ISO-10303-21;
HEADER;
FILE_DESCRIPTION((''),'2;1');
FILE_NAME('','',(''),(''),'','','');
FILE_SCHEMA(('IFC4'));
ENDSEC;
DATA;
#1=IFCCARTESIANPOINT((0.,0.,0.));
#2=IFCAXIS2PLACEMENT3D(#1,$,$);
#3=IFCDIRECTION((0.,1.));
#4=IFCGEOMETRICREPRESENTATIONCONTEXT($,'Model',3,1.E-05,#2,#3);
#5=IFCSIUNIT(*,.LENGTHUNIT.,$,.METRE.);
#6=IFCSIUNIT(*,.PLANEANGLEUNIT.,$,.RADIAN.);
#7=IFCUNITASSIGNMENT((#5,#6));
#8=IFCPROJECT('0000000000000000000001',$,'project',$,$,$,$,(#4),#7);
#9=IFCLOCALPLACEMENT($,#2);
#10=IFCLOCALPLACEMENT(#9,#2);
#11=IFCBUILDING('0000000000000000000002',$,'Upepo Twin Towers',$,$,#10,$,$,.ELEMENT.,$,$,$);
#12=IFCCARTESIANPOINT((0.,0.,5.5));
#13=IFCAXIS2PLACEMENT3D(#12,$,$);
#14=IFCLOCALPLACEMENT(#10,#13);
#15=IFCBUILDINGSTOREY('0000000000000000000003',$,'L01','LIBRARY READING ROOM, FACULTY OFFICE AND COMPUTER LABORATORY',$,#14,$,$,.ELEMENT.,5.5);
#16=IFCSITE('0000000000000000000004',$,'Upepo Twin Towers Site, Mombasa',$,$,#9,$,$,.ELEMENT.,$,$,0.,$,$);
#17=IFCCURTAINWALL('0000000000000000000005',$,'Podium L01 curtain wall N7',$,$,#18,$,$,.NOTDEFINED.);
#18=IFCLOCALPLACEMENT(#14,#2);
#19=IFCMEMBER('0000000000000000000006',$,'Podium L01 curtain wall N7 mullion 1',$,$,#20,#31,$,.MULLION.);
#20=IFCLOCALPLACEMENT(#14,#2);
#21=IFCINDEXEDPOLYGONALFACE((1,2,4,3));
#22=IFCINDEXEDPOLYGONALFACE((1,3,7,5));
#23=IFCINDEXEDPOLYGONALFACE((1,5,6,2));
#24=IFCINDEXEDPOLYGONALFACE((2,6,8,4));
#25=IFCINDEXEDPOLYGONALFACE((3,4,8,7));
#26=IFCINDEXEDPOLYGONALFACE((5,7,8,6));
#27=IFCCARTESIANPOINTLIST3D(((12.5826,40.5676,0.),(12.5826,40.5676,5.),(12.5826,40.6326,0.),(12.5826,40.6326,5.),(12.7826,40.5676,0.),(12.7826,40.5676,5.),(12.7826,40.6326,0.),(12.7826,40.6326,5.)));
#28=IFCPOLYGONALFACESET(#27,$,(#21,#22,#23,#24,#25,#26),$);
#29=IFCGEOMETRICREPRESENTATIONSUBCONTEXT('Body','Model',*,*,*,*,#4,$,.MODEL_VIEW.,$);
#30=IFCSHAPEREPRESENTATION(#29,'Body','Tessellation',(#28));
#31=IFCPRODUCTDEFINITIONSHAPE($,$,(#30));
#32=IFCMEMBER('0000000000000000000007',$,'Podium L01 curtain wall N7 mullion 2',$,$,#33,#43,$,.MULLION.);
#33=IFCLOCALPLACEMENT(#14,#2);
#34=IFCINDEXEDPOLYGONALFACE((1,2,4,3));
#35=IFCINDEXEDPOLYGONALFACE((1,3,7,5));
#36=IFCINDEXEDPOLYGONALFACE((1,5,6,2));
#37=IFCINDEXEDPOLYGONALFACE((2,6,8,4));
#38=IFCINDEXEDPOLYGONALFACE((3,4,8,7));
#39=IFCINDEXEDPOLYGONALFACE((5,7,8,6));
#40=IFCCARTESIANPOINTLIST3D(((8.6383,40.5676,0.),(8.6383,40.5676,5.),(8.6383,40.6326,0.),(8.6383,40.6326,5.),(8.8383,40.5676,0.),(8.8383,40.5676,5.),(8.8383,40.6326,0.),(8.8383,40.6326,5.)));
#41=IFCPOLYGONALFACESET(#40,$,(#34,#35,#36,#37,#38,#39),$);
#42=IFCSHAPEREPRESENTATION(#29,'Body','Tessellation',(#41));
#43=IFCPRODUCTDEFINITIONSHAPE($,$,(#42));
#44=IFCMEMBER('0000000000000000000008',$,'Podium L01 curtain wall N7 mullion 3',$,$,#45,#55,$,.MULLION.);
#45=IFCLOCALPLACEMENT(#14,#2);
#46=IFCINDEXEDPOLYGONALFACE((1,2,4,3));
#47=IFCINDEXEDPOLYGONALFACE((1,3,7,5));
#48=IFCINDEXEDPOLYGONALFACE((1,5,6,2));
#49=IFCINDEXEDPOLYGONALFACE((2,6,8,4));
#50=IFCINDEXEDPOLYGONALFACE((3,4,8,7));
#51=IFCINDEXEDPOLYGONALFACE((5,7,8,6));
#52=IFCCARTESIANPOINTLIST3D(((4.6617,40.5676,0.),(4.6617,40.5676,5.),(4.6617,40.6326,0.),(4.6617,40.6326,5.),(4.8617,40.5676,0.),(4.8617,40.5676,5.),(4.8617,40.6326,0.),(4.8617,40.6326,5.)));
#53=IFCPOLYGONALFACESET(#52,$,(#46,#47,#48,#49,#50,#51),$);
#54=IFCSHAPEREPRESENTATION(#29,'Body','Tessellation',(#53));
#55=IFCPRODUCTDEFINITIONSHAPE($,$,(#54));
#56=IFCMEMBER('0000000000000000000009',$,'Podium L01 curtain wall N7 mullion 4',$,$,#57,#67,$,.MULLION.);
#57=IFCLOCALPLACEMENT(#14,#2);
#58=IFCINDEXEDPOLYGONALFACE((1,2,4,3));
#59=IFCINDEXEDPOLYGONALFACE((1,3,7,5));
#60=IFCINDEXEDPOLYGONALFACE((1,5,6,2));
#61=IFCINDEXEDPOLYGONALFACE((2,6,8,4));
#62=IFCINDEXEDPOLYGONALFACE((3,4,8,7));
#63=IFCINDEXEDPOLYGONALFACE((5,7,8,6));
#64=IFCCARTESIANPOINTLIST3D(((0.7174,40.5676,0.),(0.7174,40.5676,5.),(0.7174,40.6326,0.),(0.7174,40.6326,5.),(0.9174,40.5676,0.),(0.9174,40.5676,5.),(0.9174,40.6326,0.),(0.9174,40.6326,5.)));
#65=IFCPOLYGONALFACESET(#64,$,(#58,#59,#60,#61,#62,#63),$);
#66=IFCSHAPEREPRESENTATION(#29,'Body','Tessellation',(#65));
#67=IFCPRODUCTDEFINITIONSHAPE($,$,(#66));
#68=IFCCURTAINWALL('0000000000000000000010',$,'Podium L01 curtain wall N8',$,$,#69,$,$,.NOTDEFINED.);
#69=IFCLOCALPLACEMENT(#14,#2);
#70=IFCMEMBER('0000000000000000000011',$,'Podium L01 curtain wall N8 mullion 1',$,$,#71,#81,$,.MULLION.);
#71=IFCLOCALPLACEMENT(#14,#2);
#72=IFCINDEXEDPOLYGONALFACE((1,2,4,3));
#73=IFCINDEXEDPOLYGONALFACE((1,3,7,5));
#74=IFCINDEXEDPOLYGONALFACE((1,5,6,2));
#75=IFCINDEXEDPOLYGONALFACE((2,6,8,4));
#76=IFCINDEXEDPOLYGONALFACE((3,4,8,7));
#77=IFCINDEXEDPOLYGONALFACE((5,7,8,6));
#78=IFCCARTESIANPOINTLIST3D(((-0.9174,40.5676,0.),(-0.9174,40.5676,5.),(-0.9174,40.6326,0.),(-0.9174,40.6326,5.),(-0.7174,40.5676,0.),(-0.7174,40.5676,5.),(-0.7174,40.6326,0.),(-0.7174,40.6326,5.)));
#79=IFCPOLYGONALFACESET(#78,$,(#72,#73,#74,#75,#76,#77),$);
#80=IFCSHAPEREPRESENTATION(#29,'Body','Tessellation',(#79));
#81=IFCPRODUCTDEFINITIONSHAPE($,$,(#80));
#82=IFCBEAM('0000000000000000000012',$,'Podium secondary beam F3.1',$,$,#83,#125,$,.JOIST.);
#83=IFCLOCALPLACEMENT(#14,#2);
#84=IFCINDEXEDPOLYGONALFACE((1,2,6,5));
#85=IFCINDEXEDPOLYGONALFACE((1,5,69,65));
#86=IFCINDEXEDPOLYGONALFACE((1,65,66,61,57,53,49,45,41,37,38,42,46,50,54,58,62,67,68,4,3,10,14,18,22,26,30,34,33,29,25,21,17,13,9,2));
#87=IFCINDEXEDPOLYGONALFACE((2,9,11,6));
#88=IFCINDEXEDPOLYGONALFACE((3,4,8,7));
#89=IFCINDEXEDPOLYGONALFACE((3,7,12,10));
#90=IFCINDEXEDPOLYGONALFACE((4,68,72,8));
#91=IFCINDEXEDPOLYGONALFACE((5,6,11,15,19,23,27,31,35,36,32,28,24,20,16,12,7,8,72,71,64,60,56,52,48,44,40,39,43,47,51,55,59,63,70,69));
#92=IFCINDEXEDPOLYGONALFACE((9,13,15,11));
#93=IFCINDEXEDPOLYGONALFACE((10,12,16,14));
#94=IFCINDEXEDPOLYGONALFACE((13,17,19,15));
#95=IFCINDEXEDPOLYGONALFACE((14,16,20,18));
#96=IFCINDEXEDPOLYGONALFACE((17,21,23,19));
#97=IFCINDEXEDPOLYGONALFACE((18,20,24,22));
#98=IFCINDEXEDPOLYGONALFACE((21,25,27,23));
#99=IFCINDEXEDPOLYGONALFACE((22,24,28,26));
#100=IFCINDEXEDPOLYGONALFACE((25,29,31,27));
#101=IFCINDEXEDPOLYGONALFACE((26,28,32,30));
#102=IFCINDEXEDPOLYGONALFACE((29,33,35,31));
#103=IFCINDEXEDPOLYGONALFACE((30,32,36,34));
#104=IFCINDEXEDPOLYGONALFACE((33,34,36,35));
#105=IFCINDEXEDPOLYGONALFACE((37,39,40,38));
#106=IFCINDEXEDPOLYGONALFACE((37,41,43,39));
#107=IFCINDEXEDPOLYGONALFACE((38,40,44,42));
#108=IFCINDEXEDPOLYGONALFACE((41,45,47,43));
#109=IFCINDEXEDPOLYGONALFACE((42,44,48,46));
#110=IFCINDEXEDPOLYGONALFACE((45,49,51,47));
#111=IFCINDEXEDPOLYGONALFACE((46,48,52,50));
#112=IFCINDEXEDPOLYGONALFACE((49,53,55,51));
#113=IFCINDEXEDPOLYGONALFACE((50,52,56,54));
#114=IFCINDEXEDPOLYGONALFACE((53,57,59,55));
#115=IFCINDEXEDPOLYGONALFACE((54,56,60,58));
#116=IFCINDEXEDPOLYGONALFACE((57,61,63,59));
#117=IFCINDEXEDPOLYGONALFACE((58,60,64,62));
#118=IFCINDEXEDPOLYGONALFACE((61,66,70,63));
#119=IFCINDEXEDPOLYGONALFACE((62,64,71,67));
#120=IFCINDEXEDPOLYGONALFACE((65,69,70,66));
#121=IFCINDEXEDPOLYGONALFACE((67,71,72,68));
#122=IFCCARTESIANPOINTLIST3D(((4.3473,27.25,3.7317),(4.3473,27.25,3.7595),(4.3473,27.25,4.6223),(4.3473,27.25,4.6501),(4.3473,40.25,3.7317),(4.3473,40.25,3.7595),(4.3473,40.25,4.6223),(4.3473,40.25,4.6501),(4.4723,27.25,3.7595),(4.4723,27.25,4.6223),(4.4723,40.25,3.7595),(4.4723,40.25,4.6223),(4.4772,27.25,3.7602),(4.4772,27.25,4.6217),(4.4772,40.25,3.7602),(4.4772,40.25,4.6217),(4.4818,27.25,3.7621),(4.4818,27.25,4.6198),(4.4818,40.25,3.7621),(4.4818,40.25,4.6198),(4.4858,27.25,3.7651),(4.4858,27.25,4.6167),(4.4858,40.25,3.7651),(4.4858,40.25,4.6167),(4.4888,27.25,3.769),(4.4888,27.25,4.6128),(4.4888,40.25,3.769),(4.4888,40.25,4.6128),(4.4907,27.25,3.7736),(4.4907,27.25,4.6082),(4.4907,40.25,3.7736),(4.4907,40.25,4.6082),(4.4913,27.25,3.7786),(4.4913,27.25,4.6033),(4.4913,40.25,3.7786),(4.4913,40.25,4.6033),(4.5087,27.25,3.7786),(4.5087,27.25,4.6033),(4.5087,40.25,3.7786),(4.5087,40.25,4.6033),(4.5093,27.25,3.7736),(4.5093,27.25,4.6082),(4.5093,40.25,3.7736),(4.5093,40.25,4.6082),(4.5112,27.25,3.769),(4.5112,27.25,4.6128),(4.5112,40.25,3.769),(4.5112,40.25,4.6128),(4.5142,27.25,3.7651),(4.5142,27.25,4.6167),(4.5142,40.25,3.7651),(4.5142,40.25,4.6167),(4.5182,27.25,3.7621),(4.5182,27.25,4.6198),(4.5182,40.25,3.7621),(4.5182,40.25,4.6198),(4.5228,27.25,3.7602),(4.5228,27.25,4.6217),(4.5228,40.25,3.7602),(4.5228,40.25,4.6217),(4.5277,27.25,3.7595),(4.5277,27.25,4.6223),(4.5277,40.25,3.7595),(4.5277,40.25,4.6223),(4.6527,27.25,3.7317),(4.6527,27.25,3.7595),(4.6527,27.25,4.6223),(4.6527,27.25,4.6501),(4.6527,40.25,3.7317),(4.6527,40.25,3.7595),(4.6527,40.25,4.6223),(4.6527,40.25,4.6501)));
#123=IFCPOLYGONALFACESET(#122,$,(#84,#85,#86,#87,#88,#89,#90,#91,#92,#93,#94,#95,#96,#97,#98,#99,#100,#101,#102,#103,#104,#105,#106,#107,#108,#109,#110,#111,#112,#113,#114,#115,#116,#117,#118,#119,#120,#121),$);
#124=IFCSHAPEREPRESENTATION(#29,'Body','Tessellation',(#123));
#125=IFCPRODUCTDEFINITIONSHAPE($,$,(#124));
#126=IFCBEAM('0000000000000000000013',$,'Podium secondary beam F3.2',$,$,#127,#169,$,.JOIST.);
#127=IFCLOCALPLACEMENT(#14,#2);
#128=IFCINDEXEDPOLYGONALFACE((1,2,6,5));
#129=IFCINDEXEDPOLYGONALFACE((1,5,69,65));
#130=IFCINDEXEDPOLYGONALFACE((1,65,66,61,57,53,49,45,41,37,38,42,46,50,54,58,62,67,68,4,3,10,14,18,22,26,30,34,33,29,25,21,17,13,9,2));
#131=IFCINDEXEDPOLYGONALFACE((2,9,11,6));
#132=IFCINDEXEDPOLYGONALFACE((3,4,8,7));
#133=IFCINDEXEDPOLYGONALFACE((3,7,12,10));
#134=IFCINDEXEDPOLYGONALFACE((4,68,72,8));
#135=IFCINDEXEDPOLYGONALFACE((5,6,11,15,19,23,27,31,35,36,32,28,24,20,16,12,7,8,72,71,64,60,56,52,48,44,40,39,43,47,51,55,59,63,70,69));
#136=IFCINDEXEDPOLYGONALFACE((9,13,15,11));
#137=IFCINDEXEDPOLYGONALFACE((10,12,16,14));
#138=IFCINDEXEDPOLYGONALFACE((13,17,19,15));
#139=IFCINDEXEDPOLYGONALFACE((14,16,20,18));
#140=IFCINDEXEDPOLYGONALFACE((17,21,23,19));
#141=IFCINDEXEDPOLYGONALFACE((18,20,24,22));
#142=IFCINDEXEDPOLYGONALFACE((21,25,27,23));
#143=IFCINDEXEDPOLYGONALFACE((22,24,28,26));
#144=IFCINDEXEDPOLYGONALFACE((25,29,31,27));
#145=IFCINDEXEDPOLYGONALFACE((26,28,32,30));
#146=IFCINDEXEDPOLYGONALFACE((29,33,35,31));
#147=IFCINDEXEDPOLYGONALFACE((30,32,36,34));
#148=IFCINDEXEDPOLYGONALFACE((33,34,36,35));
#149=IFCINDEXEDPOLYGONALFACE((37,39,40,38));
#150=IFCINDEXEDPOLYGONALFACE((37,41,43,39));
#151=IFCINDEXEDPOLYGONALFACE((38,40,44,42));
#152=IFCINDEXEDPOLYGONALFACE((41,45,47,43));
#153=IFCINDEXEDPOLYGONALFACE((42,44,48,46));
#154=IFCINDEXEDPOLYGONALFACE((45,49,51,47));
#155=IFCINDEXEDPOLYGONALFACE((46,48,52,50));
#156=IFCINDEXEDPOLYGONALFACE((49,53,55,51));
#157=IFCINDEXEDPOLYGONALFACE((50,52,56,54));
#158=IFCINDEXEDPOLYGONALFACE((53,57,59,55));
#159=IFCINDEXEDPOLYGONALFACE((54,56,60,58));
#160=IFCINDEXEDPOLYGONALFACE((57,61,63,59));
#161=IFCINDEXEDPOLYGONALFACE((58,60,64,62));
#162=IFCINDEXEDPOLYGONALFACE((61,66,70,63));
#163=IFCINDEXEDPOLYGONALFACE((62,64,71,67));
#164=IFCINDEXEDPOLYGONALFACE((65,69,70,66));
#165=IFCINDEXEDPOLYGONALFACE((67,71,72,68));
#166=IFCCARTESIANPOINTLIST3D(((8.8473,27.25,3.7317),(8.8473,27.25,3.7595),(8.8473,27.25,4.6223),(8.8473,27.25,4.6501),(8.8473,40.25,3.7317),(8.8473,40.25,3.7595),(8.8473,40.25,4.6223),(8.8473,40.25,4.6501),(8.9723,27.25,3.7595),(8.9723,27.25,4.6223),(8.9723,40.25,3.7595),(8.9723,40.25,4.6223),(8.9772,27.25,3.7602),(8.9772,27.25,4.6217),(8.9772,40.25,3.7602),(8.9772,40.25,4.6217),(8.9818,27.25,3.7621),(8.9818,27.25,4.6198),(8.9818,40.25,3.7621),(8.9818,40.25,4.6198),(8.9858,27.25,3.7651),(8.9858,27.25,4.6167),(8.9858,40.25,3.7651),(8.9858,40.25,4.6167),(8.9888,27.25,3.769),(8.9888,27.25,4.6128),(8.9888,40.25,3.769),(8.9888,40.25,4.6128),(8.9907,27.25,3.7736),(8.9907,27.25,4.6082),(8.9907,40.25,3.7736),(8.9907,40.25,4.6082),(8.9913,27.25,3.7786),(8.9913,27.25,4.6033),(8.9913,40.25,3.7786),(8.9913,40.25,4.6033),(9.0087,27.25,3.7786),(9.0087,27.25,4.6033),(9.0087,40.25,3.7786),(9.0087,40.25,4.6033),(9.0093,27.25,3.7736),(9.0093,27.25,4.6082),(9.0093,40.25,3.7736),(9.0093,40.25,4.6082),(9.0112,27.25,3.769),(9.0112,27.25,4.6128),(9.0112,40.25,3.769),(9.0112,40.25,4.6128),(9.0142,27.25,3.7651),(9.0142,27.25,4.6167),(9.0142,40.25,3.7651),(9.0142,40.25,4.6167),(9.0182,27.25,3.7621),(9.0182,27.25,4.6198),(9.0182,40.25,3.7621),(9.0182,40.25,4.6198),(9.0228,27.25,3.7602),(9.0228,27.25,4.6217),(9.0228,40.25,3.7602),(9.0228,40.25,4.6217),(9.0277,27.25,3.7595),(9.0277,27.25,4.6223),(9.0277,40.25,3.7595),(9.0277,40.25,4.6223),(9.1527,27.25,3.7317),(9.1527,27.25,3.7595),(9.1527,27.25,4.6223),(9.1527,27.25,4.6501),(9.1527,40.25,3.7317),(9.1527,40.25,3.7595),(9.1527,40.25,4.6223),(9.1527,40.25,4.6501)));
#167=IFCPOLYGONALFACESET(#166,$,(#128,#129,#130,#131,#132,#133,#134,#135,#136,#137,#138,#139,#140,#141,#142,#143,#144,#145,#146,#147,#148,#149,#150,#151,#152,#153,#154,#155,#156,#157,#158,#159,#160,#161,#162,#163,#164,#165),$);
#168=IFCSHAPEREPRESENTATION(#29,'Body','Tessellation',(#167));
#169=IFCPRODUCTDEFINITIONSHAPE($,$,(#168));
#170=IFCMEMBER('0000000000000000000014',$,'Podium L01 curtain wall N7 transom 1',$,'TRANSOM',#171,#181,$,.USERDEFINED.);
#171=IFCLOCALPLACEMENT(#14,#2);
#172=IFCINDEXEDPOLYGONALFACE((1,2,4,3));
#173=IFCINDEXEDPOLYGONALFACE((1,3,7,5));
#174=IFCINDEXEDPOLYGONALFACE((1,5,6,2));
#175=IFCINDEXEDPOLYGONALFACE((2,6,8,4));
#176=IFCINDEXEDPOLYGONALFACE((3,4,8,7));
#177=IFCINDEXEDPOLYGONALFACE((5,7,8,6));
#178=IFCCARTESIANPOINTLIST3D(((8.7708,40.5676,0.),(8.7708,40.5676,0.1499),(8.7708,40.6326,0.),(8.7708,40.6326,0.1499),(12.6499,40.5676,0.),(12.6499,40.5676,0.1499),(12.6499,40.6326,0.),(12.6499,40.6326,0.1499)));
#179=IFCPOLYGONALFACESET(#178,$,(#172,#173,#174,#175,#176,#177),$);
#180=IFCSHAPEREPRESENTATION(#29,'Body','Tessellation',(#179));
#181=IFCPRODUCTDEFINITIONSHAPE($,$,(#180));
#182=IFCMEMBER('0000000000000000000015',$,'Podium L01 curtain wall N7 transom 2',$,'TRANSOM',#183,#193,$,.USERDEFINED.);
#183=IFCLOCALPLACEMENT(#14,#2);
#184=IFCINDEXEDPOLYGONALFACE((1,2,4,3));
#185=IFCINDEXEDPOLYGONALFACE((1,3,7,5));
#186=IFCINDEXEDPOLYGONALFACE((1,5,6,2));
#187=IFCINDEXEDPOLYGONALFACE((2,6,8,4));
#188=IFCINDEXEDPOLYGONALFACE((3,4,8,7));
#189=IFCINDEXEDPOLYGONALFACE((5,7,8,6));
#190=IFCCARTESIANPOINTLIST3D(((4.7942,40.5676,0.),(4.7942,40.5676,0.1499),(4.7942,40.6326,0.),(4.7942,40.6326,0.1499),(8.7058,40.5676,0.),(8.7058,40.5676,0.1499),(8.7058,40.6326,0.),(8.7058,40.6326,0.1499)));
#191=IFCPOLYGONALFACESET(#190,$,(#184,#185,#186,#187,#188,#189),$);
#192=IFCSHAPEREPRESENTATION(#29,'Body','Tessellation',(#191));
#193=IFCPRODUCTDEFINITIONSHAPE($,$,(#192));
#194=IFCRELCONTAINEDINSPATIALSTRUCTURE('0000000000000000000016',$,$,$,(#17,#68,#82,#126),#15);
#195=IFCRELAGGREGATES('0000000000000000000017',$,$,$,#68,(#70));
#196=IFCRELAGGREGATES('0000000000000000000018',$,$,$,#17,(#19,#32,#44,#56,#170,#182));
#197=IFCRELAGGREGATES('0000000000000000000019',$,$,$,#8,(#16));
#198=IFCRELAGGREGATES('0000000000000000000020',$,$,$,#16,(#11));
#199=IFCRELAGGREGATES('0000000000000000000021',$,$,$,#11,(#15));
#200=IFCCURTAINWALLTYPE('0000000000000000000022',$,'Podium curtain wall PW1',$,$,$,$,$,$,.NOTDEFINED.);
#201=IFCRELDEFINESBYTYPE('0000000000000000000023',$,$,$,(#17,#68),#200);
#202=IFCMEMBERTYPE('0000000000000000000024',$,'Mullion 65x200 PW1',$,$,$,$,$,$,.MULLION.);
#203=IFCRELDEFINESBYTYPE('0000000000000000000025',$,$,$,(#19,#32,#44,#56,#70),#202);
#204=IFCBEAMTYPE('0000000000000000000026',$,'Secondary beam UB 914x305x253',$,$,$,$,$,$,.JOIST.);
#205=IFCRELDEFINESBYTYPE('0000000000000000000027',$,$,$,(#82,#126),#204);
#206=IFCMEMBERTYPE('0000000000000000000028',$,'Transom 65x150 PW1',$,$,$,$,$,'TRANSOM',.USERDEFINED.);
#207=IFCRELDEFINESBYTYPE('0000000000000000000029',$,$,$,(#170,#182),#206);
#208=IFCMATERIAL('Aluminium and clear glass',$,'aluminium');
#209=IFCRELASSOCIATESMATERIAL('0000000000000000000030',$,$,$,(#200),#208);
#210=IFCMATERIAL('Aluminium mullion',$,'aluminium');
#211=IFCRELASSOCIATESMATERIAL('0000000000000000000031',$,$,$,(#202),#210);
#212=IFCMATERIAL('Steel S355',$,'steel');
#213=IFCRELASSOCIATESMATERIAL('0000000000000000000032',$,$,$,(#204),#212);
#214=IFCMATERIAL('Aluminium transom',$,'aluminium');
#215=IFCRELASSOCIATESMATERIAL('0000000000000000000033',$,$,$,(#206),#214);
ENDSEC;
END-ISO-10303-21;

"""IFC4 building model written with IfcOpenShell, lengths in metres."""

from ifc_helpers import new_model, si_unit, direction, frame, origin, origin_2d, place, context, subcontext, project, spatial, rectangle, i_section, extrude, material, material_profile, profile_set, type_object, element, aggregate, save


model = new_model("IFC4")

# Units and contexts
model_context = context("Model", 3, precision=1e-05, world=origin(), true_north=direction((0.0, 1.0)))
body_context = subcontext(model_context, "Body", "Model", "MODEL_VIEW")
ifc_project = project(units=[si_unit("LENGTHUNIT", "METRE"), si_unit("PLANEANGLEUNIT", "RADIAN")], contexts=[model_context])

# Site, building, storey
site_placement = place(None, origin())
site = spatial("IfcSite", under=ifc_project, at=site_placement, Name="Upepo Twin Towers Site, Mombasa", CompositionType="ELEMENT", RefElevation=0.0)
building_placement = place(site_placement, origin())
building = spatial("IfcBuilding", under=site, at=building_placement, Name="Upepo Twin Towers", CompositionType="ELEMENT")
storey_placement = place(building_placement, frame((0.0, 0.0, 5.5)))
storey = spatial("IfcBuildingStorey", under=building, at=storey_placement, Name="L01", Description="LIBRARY READING ROOM, FACULTY OFFICE AND COMPUTER LABORATORY", CompositionType="ELEMENT", Elevation=5.5)

# Curtain wall, members
ifc_material_1 = material(Name="Aluminium and clear glass", Category="aluminium")
curtain_wall_type = type_object("IfcCurtainWallType", Name="Podium curtain wall PW1", PredefinedType="NOTDEFINED", material=ifc_material_1)
curtain_wall_1_placement = place(storey_placement, origin())
curtain_wall_1 = element("IfcCurtainWall", 1, at=curtain_wall_1_placement, inside=storey, type_object=curtain_wall_type, Name="Podium L01 curtain wall N7", PredefinedType="NOTDEFINED")
ifc_material_2 = material(Name="Aluminium mullion", Category="aluminium")
ifc_material_profile_1 = material_profile(ifc_material_2, rectangle(XDim=0.0649, YDim=0.2, at=origin_2d()), Name="MULLION 65x200 PODIUM")
ifc_profile_set_1 = profile_set([ifc_material_profile_1], Name="Aluminium mullion")
member_type_1 = type_object("IfcMemberType", Name="Mullion 65x200 PW1", PredefinedType="MULLION", material=ifc_profile_set_1)
member_1_placement = place(storey_placement, frame((12.6826, 40.6001, 0.0), z_axis=(0.0, 0.0, 1.0), x_axis=(0.0, -1.0, 0.0)))
member_1 = element("IfcMember", 2, at=member_1_placement, type_object=member_type_1, Name="Podium L01 curtain wall N7 mullion 1", PredefinedType="MULLION", context=body_context, shape_type="SweptSolid", body=[
    extrude(rectangle(XDim=0.0649, YDim=0.2, at=origin_2d()), origin(), (0.0, 0.0, 1.0), 5.0),
])
member_2_placement = place(storey_placement, frame((8.7383, 40.6001, 0.0), z_axis=(0.0, 0.0, 1.0), x_axis=(0.0, -1.0, 0.0)))
member_2 = element("IfcMember", 3, at=member_2_placement, type_object=member_type_1, Name="Podium L01 curtain wall N7 mullion 2", PredefinedType="MULLION", context=body_context, shape_type="SweptSolid", body=[
    extrude(rectangle(XDim=0.0649, YDim=0.2, at=origin_2d()), origin(), (0.0, 0.0, 1.0), 5.0),
])
member_3_placement = place(storey_placement, frame((4.7617, 40.6001, 0.0), z_axis=(0.0, 0.0, 1.0), x_axis=(0.0, -1.0, 0.0)))
member_3 = element("IfcMember", 4, at=member_3_placement, type_object=member_type_1, Name="Podium L01 curtain wall N7 mullion 3", PredefinedType="MULLION", context=body_context, shape_type="SweptSolid", body=[
    extrude(rectangle(XDim=0.0649, YDim=0.2, at=origin_2d()), origin(), (0.0, 0.0, 1.0), 5.0),
])
member_4_placement = place(storey_placement, frame((0.8174, 40.6001, 0.0), z_axis=(0.0, 0.0, 1.0), x_axis=(0.0, -1.0, 0.0)))
member_4 = element("IfcMember", 5, at=member_4_placement, type_object=member_type_1, Name="Podium L01 curtain wall N7 mullion 4", PredefinedType="MULLION", context=body_context, shape_type="SweptSolid", body=[
    extrude(rectangle(XDim=0.0649, YDim=0.2, at=origin_2d()), origin(), (0.0, 0.0, 1.0), 5.0),
])

# Curtain wall, member
curtain_wall_2_placement = place(storey_placement, origin())
curtain_wall_2 = element("IfcCurtainWall", 6, at=curtain_wall_2_placement, inside=storey, type_object=curtain_wall_type, Name="Podium L01 curtain wall N8", PredefinedType="NOTDEFINED")
member_5_placement = place(storey_placement, frame((-0.8174, 40.6001, 0.0), z_axis=(0.0, 0.0, 1.0), x_axis=(0.0, -1.0, 0.0)))
member_5 = element("IfcMember", 7, at=member_5_placement, type_object=member_type_1, Name="Podium L01 curtain wall N8 mullion 1", PredefinedType="MULLION", context=body_context, shape_type="SweptSolid", body=[
    extrude(rectangle(XDim=0.0649, YDim=0.2, at=origin_2d()), origin(), (0.0, 0.0, 1.0), 5.0),
])

# Beams
ifc_material_3 = material(Name="Steel S355", Category="steel")
ifc_material_profile_2 = material_profile(ifc_material_3, i_section(OverallWidth=0.3054, OverallDepth=0.9185, WebThickness=0.0173, FlangeThickness=0.0278, FilletRadius=0.019, at=origin_2d()), Name="UB 914x305x253")
ifc_profile_set_2 = profile_set([ifc_material_profile_2], Name="Steel S355")
beam_type_1 = type_object("IfcBeamType", Name="Secondary beam UB 914x305x253", PredefinedType="JOIST", material=ifc_profile_set_2)
for number, where, z_axis, x_axis, name in (
    (8, (4.5, 27.25, 4.1909), (0.0, 1.0, 0.0), (-1.0, 0.0, 0.0), "Podium secondary beam F3.1"),
    (9, (9.0, 27.25, 4.1909), (0.0, 1.0, 0.0), (-1.0, 0.0, 0.0), "Podium secondary beam F3.2"),
):
    element("IfcBeam", number, at=place(storey_placement, frame(where, z_axis=z_axis, x_axis=x_axis)), inside=storey, type_object=beam_type_1, Name=name, PredefinedType="JOIST", context=body_context, shape_type="SweptSolid", body=[
        extrude(i_section(OverallWidth=0.3054, OverallDepth=0.9185, WebThickness=0.0173, FlangeThickness=0.0278, FilletRadius=0.019, at=origin_2d()), origin(), (0.0, 0.0, 1.0), 13.0),
    ])

# Members
ifc_material_4 = material(Name="Aluminium transom", Category="aluminium")
ifc_material_profile_3 = material_profile(ifc_material_4, rectangle(XDim=0.0649, YDim=0.1499, at=origin_2d()), Name="TRANSOM 65x150 PODIUM")
ifc_profile_set_3 = profile_set([ifc_material_profile_3], Name="Aluminium transom")
member_type_2 = type_object("IfcMemberType", Name="Transom 65x150 PW1", ElementType="TRANSOM", PredefinedType="USERDEFINED", material=ifc_profile_set_3)
member_6_placement = place(storey_placement, frame((12.6499, 40.6001, 0.075), z_axis=(-1.0, 0.0, 0.0), x_axis=(0.0, -1.0, 0.0)))
member_6 = element("IfcMember", 10, at=member_6_placement, type_object=member_type_2, Name="Podium L01 curtain wall N7 transom 1", ObjectType="TRANSOM", PredefinedType="USERDEFINED", context=body_context, shape_type="SweptSolid", body=[
    extrude(rectangle(XDim=0.0649, YDim=0.1499, at=origin_2d()), origin(), (0.0, 0.0, 1.0), 3.8792),
])
member_7_placement = place(storey_placement, frame((8.7058, 40.6001, 0.075), z_axis=(-1.0, 0.0, 0.0), x_axis=(0.0, -1.0, 0.0)))
member_7 = element("IfcMember", 11, at=member_7_placement, type_object=member_type_2, Name="Podium L01 curtain wall N7 transom 2", ObjectType="TRANSOM", PredefinedType="USERDEFINED", context=body_context, shape_type="SweptSolid", body=[
    extrude(rectangle(XDim=0.0649, YDim=0.1499, at=origin_2d()), origin(), (0.0, 0.0, 1.0), 3.9116),
])

aggregate(curtain_wall_2, [member_5])
aggregate(curtain_wall_1, [member_1, member_2, member_3, member_4, member_6, member_7])

save(model, "model.ifc")
